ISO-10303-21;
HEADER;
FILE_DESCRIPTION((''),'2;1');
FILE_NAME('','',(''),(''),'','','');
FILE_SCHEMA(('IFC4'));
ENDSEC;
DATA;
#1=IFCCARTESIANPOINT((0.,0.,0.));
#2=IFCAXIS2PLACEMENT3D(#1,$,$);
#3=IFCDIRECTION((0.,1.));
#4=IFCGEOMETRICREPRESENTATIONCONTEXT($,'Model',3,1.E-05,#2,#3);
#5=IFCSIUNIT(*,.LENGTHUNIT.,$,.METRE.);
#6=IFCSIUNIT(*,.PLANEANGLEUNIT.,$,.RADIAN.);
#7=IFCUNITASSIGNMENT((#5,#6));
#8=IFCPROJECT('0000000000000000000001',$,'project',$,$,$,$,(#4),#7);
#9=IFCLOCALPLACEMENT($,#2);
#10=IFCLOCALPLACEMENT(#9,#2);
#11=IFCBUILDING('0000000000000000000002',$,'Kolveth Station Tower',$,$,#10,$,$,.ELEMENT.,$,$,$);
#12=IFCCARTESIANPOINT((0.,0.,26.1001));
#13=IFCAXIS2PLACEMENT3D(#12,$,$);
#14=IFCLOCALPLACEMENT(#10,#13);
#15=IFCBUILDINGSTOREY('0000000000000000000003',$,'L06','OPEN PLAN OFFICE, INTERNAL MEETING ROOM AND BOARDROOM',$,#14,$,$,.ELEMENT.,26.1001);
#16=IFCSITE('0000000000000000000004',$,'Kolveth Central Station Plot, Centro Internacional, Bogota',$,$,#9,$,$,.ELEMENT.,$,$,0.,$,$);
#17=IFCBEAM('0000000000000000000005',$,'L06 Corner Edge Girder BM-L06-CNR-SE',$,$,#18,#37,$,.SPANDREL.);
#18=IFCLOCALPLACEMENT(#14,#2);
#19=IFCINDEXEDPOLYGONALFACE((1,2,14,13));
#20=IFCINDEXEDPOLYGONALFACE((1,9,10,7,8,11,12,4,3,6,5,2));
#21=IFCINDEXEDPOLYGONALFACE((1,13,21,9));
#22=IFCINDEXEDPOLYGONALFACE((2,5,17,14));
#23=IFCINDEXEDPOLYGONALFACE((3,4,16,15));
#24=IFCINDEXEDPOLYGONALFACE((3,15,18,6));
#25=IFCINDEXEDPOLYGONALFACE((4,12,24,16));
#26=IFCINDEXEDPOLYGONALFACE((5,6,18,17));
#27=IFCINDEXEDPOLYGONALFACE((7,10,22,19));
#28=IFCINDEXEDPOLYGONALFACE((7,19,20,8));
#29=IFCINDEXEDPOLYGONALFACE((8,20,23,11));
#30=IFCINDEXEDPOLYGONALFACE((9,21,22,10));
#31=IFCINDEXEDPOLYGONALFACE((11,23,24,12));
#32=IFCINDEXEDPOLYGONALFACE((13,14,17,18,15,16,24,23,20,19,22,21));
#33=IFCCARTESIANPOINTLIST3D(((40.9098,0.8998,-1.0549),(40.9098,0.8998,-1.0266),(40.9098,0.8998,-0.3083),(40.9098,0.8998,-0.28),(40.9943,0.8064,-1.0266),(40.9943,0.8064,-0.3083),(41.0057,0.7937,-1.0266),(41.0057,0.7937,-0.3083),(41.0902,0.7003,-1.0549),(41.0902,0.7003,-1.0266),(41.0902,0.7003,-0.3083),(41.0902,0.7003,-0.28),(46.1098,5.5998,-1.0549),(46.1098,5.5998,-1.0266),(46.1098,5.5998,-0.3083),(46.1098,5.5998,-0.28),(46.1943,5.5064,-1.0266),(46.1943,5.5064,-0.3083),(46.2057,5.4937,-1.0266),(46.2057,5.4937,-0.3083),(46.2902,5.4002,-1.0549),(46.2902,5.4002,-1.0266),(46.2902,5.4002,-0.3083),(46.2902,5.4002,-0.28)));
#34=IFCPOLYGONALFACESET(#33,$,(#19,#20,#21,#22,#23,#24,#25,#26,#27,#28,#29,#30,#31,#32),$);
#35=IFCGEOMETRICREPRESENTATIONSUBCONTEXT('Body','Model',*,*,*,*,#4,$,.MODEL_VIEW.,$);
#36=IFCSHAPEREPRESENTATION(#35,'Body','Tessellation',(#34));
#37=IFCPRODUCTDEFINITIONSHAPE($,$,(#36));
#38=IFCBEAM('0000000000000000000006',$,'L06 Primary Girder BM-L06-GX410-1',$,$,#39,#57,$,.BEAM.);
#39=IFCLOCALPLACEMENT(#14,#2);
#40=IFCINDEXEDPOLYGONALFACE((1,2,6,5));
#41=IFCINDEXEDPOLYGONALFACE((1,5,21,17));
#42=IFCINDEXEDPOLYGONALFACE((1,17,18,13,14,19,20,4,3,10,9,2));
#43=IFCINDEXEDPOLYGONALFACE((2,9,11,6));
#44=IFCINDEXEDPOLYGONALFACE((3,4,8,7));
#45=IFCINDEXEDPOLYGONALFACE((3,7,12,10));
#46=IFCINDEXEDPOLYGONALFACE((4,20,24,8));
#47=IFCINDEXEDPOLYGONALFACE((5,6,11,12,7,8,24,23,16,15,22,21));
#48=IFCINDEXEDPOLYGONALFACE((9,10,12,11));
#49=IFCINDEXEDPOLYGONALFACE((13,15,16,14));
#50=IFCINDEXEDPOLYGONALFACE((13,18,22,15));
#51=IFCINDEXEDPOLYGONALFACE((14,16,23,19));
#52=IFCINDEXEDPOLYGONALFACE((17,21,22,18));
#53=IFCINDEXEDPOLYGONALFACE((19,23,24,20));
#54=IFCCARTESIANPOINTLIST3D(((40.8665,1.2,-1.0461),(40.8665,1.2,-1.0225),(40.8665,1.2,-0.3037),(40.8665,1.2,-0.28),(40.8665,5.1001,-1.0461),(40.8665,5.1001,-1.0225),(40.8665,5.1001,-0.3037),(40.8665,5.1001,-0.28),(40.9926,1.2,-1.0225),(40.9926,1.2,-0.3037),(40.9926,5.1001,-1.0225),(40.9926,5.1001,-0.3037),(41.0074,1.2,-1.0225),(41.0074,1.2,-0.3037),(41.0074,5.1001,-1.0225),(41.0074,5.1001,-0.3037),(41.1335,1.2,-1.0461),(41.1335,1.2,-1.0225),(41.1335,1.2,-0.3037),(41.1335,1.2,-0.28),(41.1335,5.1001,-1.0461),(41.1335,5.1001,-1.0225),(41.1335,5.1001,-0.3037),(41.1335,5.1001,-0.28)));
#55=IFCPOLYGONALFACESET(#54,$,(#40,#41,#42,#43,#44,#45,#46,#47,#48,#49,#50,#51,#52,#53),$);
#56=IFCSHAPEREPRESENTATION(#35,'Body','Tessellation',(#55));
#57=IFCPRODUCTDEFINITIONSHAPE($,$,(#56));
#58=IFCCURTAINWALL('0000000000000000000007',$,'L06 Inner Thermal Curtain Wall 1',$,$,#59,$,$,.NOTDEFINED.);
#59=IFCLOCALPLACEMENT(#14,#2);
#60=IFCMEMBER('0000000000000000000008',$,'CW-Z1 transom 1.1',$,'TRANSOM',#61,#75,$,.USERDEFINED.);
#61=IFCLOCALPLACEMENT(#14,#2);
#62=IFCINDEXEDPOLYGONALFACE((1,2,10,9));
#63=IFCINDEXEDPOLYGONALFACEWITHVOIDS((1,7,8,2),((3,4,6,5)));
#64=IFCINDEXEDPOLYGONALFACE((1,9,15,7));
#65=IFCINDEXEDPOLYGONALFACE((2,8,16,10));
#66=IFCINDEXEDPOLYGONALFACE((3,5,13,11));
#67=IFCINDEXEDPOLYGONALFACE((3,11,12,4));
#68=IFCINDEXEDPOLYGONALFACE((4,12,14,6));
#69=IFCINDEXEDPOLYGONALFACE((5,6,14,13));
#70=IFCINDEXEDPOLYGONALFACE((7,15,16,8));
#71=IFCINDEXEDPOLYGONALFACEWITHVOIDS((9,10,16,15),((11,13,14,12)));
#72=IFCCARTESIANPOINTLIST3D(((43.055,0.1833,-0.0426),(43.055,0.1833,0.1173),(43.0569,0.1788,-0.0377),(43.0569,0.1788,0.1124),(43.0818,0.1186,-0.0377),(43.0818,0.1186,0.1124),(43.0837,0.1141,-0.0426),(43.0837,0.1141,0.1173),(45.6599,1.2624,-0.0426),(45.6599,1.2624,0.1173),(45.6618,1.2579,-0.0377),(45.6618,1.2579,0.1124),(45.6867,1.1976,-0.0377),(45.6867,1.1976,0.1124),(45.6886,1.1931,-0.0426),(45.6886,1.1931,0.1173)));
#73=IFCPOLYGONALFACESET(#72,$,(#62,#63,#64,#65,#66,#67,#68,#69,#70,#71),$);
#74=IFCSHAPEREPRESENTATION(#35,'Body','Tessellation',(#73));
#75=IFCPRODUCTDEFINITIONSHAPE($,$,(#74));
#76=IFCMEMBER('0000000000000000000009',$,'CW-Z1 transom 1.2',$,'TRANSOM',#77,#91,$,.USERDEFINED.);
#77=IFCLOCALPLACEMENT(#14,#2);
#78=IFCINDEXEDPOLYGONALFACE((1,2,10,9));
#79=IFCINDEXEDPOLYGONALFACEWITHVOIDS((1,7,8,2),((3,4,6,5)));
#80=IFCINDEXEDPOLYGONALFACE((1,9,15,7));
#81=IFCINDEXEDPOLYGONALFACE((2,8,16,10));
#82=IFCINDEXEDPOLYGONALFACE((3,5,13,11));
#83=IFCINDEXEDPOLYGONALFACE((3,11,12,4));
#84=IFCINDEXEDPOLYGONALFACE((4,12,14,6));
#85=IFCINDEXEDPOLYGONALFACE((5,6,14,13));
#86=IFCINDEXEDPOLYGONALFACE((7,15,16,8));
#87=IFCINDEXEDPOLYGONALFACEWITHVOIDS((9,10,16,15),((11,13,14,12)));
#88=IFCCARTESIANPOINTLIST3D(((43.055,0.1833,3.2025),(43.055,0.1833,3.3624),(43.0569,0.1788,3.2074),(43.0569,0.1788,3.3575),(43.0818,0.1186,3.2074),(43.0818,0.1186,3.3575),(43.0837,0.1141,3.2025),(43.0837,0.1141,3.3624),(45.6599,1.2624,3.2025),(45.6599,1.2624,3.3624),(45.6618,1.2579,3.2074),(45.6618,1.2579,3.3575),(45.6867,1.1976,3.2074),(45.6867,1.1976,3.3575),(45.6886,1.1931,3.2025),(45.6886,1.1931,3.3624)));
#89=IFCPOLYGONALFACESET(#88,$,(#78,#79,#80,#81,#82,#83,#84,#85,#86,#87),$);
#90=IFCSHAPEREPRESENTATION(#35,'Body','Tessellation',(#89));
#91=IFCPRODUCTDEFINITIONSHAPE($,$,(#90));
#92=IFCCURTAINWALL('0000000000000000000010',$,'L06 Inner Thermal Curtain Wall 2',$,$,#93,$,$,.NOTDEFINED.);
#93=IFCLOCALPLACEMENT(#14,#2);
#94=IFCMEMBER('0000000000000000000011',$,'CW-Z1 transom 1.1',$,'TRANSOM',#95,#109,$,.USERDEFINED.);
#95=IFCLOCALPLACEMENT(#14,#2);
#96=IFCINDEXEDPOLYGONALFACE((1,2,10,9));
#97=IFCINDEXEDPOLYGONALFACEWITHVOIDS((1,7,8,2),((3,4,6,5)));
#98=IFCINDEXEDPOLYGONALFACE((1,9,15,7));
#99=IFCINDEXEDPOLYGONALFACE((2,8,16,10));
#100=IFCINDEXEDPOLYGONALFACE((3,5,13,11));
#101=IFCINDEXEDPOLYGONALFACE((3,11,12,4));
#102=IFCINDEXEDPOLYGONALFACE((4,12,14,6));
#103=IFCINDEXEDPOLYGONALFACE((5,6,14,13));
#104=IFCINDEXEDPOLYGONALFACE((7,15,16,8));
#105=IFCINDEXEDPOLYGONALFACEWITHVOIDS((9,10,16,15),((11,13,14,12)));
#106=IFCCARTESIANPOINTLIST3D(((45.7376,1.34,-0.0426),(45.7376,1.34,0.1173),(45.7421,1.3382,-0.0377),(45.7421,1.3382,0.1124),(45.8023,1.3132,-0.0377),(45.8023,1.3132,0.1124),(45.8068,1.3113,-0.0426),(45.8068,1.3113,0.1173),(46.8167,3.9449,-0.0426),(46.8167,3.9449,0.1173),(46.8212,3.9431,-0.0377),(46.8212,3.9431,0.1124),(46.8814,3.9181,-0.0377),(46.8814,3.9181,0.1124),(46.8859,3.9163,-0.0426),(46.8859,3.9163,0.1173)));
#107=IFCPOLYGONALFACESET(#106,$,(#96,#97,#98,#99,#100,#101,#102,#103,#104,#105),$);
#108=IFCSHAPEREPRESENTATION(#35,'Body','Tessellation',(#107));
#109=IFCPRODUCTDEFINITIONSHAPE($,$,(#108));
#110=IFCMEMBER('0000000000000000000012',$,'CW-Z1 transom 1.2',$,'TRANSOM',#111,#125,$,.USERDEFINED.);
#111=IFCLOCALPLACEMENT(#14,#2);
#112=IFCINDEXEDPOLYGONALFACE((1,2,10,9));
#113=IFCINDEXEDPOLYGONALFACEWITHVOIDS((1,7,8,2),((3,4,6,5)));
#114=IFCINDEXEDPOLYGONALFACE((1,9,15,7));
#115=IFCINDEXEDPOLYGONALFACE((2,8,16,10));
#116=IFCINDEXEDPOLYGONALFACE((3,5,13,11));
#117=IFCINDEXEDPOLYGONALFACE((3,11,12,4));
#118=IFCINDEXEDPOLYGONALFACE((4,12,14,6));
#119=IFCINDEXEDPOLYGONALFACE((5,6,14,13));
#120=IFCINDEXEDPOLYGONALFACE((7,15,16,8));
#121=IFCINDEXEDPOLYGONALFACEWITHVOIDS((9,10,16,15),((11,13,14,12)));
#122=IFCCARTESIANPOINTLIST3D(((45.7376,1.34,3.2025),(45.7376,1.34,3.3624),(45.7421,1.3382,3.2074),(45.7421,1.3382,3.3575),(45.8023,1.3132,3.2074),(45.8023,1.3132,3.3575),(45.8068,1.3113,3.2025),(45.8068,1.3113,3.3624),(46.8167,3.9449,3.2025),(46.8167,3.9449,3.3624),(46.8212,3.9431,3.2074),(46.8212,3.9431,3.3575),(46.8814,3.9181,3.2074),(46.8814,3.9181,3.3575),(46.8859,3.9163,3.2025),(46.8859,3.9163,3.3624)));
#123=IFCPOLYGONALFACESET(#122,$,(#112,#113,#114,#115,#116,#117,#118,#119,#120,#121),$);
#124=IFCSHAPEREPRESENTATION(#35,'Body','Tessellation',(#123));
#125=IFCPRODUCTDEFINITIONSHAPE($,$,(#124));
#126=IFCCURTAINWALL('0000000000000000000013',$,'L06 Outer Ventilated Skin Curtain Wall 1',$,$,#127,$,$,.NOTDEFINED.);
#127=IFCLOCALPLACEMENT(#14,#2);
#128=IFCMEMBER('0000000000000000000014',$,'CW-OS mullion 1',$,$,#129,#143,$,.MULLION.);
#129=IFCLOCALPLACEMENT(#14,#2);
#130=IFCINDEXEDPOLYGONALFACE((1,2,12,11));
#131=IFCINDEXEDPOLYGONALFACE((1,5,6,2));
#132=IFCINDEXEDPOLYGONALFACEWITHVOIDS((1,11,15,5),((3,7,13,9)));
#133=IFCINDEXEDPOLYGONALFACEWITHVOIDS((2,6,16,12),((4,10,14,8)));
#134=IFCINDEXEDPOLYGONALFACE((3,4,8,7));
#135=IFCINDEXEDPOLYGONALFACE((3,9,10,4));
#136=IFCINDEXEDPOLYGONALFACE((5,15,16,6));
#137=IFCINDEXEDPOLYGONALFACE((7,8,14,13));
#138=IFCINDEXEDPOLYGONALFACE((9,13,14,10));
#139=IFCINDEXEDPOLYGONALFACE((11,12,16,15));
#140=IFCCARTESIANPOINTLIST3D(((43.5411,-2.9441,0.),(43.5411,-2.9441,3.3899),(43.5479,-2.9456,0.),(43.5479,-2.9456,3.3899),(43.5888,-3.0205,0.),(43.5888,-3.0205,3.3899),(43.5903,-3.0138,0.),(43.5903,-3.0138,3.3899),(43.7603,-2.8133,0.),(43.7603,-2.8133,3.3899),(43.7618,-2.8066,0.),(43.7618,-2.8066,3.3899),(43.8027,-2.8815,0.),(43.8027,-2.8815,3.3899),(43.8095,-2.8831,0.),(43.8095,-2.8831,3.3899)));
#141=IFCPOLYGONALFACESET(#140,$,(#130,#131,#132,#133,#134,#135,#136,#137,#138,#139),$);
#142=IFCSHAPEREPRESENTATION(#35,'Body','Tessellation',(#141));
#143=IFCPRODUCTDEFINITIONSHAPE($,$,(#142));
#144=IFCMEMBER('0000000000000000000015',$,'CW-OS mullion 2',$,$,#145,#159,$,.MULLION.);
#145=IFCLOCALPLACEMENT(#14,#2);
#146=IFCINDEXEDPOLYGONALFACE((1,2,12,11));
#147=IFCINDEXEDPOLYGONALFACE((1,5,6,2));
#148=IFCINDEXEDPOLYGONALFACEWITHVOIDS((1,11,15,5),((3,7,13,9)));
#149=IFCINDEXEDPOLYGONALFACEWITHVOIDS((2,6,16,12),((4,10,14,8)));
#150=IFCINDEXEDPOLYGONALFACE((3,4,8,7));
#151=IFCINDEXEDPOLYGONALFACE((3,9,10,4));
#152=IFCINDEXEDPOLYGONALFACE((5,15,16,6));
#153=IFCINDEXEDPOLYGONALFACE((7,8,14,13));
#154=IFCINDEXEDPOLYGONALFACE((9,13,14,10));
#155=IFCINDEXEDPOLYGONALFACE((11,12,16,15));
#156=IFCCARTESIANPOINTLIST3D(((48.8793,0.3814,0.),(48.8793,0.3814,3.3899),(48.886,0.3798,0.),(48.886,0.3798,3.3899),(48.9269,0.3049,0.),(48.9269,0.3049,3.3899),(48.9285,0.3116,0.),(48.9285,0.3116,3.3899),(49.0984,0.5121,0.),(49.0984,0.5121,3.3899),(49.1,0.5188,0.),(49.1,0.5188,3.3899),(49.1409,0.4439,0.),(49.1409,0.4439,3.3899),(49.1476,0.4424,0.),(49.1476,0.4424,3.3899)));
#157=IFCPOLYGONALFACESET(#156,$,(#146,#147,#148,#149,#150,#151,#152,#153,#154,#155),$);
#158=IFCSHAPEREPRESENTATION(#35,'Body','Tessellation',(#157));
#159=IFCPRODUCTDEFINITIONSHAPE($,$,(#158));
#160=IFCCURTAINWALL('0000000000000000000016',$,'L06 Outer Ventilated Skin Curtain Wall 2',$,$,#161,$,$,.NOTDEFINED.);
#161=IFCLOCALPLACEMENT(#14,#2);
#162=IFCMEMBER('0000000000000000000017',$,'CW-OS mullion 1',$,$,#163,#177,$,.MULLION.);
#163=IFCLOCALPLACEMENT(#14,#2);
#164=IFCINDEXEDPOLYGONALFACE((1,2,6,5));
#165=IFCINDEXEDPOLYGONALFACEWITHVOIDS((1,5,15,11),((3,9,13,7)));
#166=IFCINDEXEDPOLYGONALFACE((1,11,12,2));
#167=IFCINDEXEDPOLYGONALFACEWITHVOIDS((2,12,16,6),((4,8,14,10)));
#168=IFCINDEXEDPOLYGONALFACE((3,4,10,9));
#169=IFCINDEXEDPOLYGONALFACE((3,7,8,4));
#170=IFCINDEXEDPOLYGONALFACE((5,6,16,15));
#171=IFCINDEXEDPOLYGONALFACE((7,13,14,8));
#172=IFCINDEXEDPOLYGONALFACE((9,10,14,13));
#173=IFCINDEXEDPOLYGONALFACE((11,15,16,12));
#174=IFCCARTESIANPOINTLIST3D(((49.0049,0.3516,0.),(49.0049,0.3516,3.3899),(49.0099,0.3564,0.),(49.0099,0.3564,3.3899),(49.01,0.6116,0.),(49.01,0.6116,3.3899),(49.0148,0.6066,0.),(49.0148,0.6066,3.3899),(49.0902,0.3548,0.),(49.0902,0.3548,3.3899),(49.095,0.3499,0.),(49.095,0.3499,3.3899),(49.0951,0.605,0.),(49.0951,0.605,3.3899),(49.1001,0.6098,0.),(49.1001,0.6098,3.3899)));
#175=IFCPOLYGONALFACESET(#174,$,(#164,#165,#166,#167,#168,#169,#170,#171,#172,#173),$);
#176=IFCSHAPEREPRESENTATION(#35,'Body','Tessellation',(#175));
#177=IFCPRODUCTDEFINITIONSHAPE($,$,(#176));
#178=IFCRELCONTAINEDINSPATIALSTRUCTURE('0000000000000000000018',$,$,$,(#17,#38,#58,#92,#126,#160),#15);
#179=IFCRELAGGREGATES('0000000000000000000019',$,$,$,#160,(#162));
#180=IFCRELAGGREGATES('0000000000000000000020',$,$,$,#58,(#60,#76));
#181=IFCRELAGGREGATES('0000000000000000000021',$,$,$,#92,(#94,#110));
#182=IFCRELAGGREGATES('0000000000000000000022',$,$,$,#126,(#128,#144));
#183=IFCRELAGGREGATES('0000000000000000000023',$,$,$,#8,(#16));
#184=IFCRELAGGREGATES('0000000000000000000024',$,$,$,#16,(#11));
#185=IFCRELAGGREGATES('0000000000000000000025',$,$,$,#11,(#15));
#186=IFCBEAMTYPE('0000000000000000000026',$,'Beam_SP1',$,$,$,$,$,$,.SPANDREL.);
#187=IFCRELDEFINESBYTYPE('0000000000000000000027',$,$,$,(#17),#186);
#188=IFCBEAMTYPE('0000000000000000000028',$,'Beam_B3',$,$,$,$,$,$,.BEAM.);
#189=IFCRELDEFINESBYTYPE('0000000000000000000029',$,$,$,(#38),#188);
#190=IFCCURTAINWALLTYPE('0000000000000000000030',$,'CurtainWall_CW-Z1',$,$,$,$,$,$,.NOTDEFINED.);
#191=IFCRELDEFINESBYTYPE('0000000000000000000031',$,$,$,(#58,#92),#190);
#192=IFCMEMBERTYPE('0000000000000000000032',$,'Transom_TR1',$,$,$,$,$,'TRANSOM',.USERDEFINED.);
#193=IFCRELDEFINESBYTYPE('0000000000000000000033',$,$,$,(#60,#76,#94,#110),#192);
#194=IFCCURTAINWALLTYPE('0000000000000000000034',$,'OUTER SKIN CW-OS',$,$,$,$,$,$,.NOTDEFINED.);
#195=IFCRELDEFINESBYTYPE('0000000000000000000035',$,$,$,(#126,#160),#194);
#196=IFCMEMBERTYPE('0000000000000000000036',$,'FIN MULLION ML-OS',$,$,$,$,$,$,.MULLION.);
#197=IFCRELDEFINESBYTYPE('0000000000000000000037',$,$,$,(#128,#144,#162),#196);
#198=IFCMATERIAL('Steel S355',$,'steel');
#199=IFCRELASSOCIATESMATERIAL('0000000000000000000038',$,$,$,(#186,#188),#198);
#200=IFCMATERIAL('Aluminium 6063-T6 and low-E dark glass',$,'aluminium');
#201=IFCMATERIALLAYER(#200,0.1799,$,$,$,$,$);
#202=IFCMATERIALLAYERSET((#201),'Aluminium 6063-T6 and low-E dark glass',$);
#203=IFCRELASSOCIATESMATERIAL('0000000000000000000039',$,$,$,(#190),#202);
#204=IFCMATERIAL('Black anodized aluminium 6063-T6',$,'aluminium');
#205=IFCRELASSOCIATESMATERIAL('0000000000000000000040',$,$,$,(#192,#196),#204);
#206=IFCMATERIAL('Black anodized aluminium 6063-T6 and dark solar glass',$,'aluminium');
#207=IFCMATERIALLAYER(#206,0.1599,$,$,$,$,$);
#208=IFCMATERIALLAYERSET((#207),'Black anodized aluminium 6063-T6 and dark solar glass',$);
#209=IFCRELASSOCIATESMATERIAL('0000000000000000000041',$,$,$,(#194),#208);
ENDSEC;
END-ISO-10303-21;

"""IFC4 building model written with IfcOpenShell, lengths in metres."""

from ifc_helpers import new_model, si_unit, direction, frame, origin, origin_2d, place, context, subcontext, project, spatial, hollow_rectangle, i_section, extrude, source, transform, mapped, material, layer, layer_set, material_profile, profile_set, type_object, element, aggregate, save


model = new_model("IFC4")

# Units and contexts
model_context = context("Model", 3, precision=1e-05, world=origin(), true_north=direction((0.0, 1.0)))
body_context = subcontext(model_context, "Body", "Model", "MODEL_VIEW")
ifc_project = project(units=[si_unit("LENGTHUNIT", "METRE"), si_unit("PLANEANGLEUNIT", "RADIAN")], contexts=[model_context])

# Site, building, storey
site_placement = place(None, origin())
site = spatial("IfcSite", under=ifc_project, at=site_placement, Name="Kolveth Central Station Plot, Centro Internacional, Bogota", CompositionType="ELEMENT", RefElevation=0.0)
building_placement = place(site_placement, origin())
building = spatial("IfcBuilding", under=site, at=building_placement, Name="Kolveth Station Tower", CompositionType="ELEMENT")
storey_placement = place(building_placement, frame((0.0, 0.0, 26.1001)))
storey = spatial("IfcBuildingStorey", under=building, at=storey_placement, Name="L06", Description="OPEN PLAN OFFICE, INTERNAL MEETING ROOM AND BOARDROOM", CompositionType="ELEMENT", Elevation=26.1001)

# Beams
ifc_material_1 = material(Name="Steel S355", Category="steel")
ifc_material_profile_1 = material_profile(ifc_material_1, i_section(OverallWidth=0.269, OverallDepth=0.7749, WebThickness=0.0171, FlangeThickness=0.0283, at=origin_2d()), Name="W760x220")
ifc_profile_set_1 = profile_set([ifc_material_profile_1], Name="Steel S355")
beam_type_1 = type_object("IfcBeamType", Name="Beam_SP1", PredefinedType="SPANDREL", material=ifc_profile_set_1)
shared_shape_1 = source(origin(), body_context, "Body", "SweptSolid", [
    extrude(i_section(OverallWidth=0.269, OverallDepth=0.7749, WebThickness=0.0171, FlangeThickness=0.0283, at=origin_2d()), origin(), (0.0, 0.0, 1.0), 7.0093),
])
beam_1_placement = place(storey_placement, frame((41.0, 0.8, -0.6675), z_axis=(0.741874, 0.670539, 0.0), x_axis=(-0.670539, 0.741874, 0.0)))
element("IfcBeam", 1, at=beam_1_placement, inside=storey, type_object=beam_type_1, Name="L06 Corner Edge Girder BM-L06-CNR-SE", PredefinedType="SPANDREL", context=body_context, shape_type="MappedRepresentation", body=[
    mapped(shared_shape_1, transform((0.0, 0.0, 0.0), x_axis=(1.0, 0.0, 0.0), y_axis=(0.0, 1.0, 0.0), z_axis=(0.0, 0.0, 1.0), scale=1.0)),
])
ifc_material_profile_2 = material_profile(ifc_material_1, i_section(OverallWidth=0.2671, OverallDepth=0.7661, WebThickness=0.0149, FlangeThickness=0.0237, at=origin_2d()), Name="W760x185")
ifc_profile_set_2 = profile_set([ifc_material_profile_2], Name="Steel S355")
beam_type_2 = type_object("IfcBeamType", Name="Beam_B3", PredefinedType="BEAM", material=ifc_profile_set_2)
shared_shape_2 = source(origin(), body_context, "Body", "SweptSolid", [
    extrude(i_section(OverallWidth=0.2671, OverallDepth=0.7661, WebThickness=0.0149, FlangeThickness=0.0237, at=origin_2d()), origin(), (0.0, 0.0, 1.0), 3.9001),
])
beam_2_placement = place(storey_placement, frame((41.0, 1.2, -0.6631), z_axis=(0.0, 1.0, 0.0), x_axis=(-1.0, 0.0, 0.0)))
element("IfcBeam", 2, at=beam_2_placement, inside=storey, type_object=beam_type_2, Name="L06 Primary Girder BM-L06-GX410-1", PredefinedType="BEAM", context=body_context, shape_type="MappedRepresentation", body=[
    mapped(shared_shape_2, transform((0.0, 0.0, 0.0), x_axis=(1.0, 0.0, 0.0), y_axis=(0.0, 1.0, 0.0), z_axis=(0.0, 0.0, 1.0), scale=1.0)),
])

# Curtain walls, members
ifc_material_2 = material(Name="Aluminium 6063-T6 and low-E dark glass", Category="aluminium")
ifc_layer_1 = layer(ifc_material_2, 0.1799)
ifc_layer_set_1 = layer_set([ifc_layer_1], Name="Aluminium 6063-T6 and low-E dark glass")
curtain_wall_type_1 = type_object("IfcCurtainWallType", Name="CurtainWall_CW-Z1", PredefinedType="NOTDEFINED", material=ifc_layer_set_1)
curtain_wall_1_placement = place(storey_placement, origin())
curtain_wall_1 = element("IfcCurtainWall", 3, at=curtain_wall_1_placement, inside=storey, type_object=curtain_wall_type_1, Name="L06 Inner Thermal Curtain Wall 1", PredefinedType="NOTDEFINED")
ifc_material_3 = material(Name="Black anodized aluminium 6063-T6", Category="aluminium")
ifc_material_profile_3 = material_profile(ifc_material_3, hollow_rectangle(XDim=0.075, YDim=0.1599, WallThickness=0.0049, at=origin_2d()), Name="ALU-75x160x5")
ifc_profile_set_3 = profile_set([ifc_material_profile_3], Name="Black anodized aluminium 6063-T6")
member_type_1 = type_object("IfcMemberType", Name="Transom_TR1", ElementType="TRANSOM", PredefinedType="USERDEFINED", material=ifc_profile_set_3)
shared_shape_3 = source(origin(), body_context, "Body", "SweptSolid", [
    extrude(hollow_rectangle(XDim=0.075, YDim=0.1599, WallThickness=0.0049, at=origin_2d()), origin(), (0.0, 0.0, 1.0), 2.8196),
])
member_1_placement = place(storey_placement, frame((43.0693, 0.1487, 0.0374), z_axis=(0.923869, 0.382709, 0.0), x_axis=(-0.382709, 0.923869, 0.0)))
member_1 = element("IfcMember", 4, at=member_1_placement, type_object=member_type_1, Name="CW-Z1 transom 1.1", ObjectType="TRANSOM", PredefinedType="USERDEFINED", context=body_context, shape_type="MappedRepresentation", body=[
    mapped(shared_shape_3, transform((0.0, 0.0, 0.0), x_axis=(1.0, 0.0, 0.0), y_axis=(0.0, 1.0, 0.0), z_axis=(0.0, 0.0, 1.0), scale=1.0)),
])
member_2_placement = place(storey_placement, frame((43.0693, 0.1487, 3.2825), z_axis=(0.923869, 0.382709, 0.0), x_axis=(-0.382709, 0.923869, 0.0)))
member_2 = element("IfcMember", 5, at=member_2_placement, type_object=member_type_1, Name="CW-Z1 transom 1.2", ObjectType="TRANSOM", PredefinedType="USERDEFINED", context=body_context, shape_type="MappedRepresentation", body=[
    mapped(shared_shape_3, transform((0.0, 0.0, 0.0), x_axis=(1.0, 0.0, 0.0), y_axis=(0.0, 1.0, 0.0), z_axis=(0.0, 0.0, 1.0), scale=1.0)),
])
curtain_wall_2_placement = place(storey_placement, origin())
curtain_wall_2 = element("IfcCurtainWall", 6, at=curtain_wall_2_placement, inside=storey, type_object=curtain_wall_type_1, Name="L06 Inner Thermal Curtain Wall 2", PredefinedType="NOTDEFINED")
member_3_placement = place(storey_placement, frame((45.7722, 1.3257, 0.0374), z_axis=(0.382709, 0.923869, 0.0), x_axis=(-0.923869, 0.382709, 0.0)))
member_3 = element("IfcMember", 7, at=member_3_placement, type_object=member_type_1, Name="CW-Z1 transom 1.1", ObjectType="TRANSOM", PredefinedType="USERDEFINED", context=body_context, shape_type="MappedRepresentation", body=[
    mapped(shared_shape_3, transform((0.0, 0.0, 0.0), x_axis=(1.0, 0.0, 0.0), y_axis=(0.0, 1.0, 0.0), z_axis=(0.0, 0.0, 1.0), scale=1.0)),
])
member_4_placement = place(storey_placement, frame((45.7722, 1.3257, 3.2825), z_axis=(0.382709, 0.923869, 0.0), x_axis=(-0.923869, 0.382709, 0.0)))
member_4 = element("IfcMember", 8, at=member_4_placement, type_object=member_type_1, Name="CW-Z1 transom 1.2", ObjectType="TRANSOM", PredefinedType="USERDEFINED", context=body_context, shape_type="MappedRepresentation", body=[
    mapped(shared_shape_3, transform((0.0, 0.0, 0.0), x_axis=(1.0, 0.0, 0.0), y_axis=(0.0, 1.0, 0.0), z_axis=(0.0, 0.0, 1.0), scale=1.0)),
])
ifc_material_4 = material(Name="Black anodized aluminium 6063-T6 and dark solar glass", Category="aluminium")
ifc_layer_2 = layer(ifc_material_4, 0.1599)
ifc_layer_set_2 = layer_set([ifc_layer_2], Name="Black anodized aluminium 6063-T6 and dark solar glass")
curtain_wall_type_2 = type_object("IfcCurtainWallType", Name="OUTER SKIN CW-OS", PredefinedType="NOTDEFINED", material=ifc_layer_set_2)
curtain_wall_3_placement = place(storey_placement, origin())
curtain_wall_3 = element("IfcCurtainWall", 9, at=curtain_wall_3_placement, inside=storey, type_object=curtain_wall_type_2, Name="L06 Outer Ventilated Skin Curtain Wall 1", PredefinedType="NOTDEFINED")
ifc_material_profile_4 = material_profile(ifc_material_3, hollow_rectangle(XDim=0.0901, YDim=0.26, WallThickness=0.0049, at=origin_2d()), Name="ALU-90x260x5")
ifc_profile_set_4 = profile_set([ifc_material_profile_4], Name="Black anodized aluminium 6063-T6")
member_type_2 = type_object("IfcMemberType", Name="FIN MULLION ML-OS", PredefinedType="MULLION", material=ifc_profile_set_4)
shared_shape_4 = source(origin(), body_context, "Body", "SweptSolid", [
    extrude(hollow_rectangle(XDim=0.0901, YDim=0.26, WallThickness=0.0049, at=origin_2d()), origin(), (0.0, 0.0, 1.0), 3.3899),
])
member_5_placement = place(storey_placement, frame((43.6753, -2.9136, 0.0), z_axis=(0.0, 0.0, 1.0), x_axis=(-0.528751, 0.848777, 0.0)))
member_5 = element("IfcMember", 10, at=member_5_placement, type_object=member_type_2, Name="CW-OS mullion 1", PredefinedType="MULLION", context=body_context, shape_type="MappedRepresentation", body=[
    mapped(shared_shape_4, transform((0.0, 0.0, 0.0), x_axis=(1.0, 0.0, 0.0), y_axis=(0.0, 1.0, 0.0), z_axis=(0.0, 0.0, 1.0), scale=1.0)),
])
member_6_placement = place(storey_placement, frame((49.0134, 0.4119, 0.0), z_axis=(0.0, 0.0, 1.0), x_axis=(-0.528751, 0.848777, 0.0)))
member_6 = element("IfcMember", 11, at=member_6_placement, type_object=member_type_2, Name="CW-OS mullion 2", PredefinedType="MULLION", context=body_context, shape_type="MappedRepresentation", body=[
    mapped(shared_shape_4, transform((0.0, 0.0, 0.0), x_axis=(1.0, 0.0, 0.0), y_axis=(0.0, 1.0, 0.0), z_axis=(0.0, 0.0, 1.0), scale=1.0)),
])

# Curtain wall, member
curtain_wall_4_placement = place(storey_placement, origin())
curtain_wall_4 = element("IfcCurtainWall", 12, at=curtain_wall_4_placement, inside=storey, type_object=curtain_wall_type_2, Name="L06 Outer Ventilated Skin Curtain Wall 2", PredefinedType="NOTDEFINED")
member_7_placement = place(storey_placement, frame((49.0525, 0.4807, 0.0), z_axis=(0.0, 0.0, 1.0), x_axis=(-0.99981, 0.019469, 0.0)))
member_7 = element("IfcMember", 13, at=member_7_placement, type_object=member_type_2, Name="CW-OS mullion 1", PredefinedType="MULLION", context=body_context, shape_type="MappedRepresentation", body=[
    mapped(shared_shape_4, transform((0.0, 0.0, 0.0), x_axis=(1.0, 0.0, 0.0), y_axis=(0.0, 1.0, 0.0), z_axis=(0.0, 0.0, 1.0), scale=1.0)),
])

aggregate(curtain_wall_4, [member_7])

aggregate(curtain_wall_1, [member_1, member_2])
aggregate(curtain_wall_2, [member_3, member_4])
aggregate(curtain_wall_3, [member_5, member_6])

save(model, "model.ifc")
